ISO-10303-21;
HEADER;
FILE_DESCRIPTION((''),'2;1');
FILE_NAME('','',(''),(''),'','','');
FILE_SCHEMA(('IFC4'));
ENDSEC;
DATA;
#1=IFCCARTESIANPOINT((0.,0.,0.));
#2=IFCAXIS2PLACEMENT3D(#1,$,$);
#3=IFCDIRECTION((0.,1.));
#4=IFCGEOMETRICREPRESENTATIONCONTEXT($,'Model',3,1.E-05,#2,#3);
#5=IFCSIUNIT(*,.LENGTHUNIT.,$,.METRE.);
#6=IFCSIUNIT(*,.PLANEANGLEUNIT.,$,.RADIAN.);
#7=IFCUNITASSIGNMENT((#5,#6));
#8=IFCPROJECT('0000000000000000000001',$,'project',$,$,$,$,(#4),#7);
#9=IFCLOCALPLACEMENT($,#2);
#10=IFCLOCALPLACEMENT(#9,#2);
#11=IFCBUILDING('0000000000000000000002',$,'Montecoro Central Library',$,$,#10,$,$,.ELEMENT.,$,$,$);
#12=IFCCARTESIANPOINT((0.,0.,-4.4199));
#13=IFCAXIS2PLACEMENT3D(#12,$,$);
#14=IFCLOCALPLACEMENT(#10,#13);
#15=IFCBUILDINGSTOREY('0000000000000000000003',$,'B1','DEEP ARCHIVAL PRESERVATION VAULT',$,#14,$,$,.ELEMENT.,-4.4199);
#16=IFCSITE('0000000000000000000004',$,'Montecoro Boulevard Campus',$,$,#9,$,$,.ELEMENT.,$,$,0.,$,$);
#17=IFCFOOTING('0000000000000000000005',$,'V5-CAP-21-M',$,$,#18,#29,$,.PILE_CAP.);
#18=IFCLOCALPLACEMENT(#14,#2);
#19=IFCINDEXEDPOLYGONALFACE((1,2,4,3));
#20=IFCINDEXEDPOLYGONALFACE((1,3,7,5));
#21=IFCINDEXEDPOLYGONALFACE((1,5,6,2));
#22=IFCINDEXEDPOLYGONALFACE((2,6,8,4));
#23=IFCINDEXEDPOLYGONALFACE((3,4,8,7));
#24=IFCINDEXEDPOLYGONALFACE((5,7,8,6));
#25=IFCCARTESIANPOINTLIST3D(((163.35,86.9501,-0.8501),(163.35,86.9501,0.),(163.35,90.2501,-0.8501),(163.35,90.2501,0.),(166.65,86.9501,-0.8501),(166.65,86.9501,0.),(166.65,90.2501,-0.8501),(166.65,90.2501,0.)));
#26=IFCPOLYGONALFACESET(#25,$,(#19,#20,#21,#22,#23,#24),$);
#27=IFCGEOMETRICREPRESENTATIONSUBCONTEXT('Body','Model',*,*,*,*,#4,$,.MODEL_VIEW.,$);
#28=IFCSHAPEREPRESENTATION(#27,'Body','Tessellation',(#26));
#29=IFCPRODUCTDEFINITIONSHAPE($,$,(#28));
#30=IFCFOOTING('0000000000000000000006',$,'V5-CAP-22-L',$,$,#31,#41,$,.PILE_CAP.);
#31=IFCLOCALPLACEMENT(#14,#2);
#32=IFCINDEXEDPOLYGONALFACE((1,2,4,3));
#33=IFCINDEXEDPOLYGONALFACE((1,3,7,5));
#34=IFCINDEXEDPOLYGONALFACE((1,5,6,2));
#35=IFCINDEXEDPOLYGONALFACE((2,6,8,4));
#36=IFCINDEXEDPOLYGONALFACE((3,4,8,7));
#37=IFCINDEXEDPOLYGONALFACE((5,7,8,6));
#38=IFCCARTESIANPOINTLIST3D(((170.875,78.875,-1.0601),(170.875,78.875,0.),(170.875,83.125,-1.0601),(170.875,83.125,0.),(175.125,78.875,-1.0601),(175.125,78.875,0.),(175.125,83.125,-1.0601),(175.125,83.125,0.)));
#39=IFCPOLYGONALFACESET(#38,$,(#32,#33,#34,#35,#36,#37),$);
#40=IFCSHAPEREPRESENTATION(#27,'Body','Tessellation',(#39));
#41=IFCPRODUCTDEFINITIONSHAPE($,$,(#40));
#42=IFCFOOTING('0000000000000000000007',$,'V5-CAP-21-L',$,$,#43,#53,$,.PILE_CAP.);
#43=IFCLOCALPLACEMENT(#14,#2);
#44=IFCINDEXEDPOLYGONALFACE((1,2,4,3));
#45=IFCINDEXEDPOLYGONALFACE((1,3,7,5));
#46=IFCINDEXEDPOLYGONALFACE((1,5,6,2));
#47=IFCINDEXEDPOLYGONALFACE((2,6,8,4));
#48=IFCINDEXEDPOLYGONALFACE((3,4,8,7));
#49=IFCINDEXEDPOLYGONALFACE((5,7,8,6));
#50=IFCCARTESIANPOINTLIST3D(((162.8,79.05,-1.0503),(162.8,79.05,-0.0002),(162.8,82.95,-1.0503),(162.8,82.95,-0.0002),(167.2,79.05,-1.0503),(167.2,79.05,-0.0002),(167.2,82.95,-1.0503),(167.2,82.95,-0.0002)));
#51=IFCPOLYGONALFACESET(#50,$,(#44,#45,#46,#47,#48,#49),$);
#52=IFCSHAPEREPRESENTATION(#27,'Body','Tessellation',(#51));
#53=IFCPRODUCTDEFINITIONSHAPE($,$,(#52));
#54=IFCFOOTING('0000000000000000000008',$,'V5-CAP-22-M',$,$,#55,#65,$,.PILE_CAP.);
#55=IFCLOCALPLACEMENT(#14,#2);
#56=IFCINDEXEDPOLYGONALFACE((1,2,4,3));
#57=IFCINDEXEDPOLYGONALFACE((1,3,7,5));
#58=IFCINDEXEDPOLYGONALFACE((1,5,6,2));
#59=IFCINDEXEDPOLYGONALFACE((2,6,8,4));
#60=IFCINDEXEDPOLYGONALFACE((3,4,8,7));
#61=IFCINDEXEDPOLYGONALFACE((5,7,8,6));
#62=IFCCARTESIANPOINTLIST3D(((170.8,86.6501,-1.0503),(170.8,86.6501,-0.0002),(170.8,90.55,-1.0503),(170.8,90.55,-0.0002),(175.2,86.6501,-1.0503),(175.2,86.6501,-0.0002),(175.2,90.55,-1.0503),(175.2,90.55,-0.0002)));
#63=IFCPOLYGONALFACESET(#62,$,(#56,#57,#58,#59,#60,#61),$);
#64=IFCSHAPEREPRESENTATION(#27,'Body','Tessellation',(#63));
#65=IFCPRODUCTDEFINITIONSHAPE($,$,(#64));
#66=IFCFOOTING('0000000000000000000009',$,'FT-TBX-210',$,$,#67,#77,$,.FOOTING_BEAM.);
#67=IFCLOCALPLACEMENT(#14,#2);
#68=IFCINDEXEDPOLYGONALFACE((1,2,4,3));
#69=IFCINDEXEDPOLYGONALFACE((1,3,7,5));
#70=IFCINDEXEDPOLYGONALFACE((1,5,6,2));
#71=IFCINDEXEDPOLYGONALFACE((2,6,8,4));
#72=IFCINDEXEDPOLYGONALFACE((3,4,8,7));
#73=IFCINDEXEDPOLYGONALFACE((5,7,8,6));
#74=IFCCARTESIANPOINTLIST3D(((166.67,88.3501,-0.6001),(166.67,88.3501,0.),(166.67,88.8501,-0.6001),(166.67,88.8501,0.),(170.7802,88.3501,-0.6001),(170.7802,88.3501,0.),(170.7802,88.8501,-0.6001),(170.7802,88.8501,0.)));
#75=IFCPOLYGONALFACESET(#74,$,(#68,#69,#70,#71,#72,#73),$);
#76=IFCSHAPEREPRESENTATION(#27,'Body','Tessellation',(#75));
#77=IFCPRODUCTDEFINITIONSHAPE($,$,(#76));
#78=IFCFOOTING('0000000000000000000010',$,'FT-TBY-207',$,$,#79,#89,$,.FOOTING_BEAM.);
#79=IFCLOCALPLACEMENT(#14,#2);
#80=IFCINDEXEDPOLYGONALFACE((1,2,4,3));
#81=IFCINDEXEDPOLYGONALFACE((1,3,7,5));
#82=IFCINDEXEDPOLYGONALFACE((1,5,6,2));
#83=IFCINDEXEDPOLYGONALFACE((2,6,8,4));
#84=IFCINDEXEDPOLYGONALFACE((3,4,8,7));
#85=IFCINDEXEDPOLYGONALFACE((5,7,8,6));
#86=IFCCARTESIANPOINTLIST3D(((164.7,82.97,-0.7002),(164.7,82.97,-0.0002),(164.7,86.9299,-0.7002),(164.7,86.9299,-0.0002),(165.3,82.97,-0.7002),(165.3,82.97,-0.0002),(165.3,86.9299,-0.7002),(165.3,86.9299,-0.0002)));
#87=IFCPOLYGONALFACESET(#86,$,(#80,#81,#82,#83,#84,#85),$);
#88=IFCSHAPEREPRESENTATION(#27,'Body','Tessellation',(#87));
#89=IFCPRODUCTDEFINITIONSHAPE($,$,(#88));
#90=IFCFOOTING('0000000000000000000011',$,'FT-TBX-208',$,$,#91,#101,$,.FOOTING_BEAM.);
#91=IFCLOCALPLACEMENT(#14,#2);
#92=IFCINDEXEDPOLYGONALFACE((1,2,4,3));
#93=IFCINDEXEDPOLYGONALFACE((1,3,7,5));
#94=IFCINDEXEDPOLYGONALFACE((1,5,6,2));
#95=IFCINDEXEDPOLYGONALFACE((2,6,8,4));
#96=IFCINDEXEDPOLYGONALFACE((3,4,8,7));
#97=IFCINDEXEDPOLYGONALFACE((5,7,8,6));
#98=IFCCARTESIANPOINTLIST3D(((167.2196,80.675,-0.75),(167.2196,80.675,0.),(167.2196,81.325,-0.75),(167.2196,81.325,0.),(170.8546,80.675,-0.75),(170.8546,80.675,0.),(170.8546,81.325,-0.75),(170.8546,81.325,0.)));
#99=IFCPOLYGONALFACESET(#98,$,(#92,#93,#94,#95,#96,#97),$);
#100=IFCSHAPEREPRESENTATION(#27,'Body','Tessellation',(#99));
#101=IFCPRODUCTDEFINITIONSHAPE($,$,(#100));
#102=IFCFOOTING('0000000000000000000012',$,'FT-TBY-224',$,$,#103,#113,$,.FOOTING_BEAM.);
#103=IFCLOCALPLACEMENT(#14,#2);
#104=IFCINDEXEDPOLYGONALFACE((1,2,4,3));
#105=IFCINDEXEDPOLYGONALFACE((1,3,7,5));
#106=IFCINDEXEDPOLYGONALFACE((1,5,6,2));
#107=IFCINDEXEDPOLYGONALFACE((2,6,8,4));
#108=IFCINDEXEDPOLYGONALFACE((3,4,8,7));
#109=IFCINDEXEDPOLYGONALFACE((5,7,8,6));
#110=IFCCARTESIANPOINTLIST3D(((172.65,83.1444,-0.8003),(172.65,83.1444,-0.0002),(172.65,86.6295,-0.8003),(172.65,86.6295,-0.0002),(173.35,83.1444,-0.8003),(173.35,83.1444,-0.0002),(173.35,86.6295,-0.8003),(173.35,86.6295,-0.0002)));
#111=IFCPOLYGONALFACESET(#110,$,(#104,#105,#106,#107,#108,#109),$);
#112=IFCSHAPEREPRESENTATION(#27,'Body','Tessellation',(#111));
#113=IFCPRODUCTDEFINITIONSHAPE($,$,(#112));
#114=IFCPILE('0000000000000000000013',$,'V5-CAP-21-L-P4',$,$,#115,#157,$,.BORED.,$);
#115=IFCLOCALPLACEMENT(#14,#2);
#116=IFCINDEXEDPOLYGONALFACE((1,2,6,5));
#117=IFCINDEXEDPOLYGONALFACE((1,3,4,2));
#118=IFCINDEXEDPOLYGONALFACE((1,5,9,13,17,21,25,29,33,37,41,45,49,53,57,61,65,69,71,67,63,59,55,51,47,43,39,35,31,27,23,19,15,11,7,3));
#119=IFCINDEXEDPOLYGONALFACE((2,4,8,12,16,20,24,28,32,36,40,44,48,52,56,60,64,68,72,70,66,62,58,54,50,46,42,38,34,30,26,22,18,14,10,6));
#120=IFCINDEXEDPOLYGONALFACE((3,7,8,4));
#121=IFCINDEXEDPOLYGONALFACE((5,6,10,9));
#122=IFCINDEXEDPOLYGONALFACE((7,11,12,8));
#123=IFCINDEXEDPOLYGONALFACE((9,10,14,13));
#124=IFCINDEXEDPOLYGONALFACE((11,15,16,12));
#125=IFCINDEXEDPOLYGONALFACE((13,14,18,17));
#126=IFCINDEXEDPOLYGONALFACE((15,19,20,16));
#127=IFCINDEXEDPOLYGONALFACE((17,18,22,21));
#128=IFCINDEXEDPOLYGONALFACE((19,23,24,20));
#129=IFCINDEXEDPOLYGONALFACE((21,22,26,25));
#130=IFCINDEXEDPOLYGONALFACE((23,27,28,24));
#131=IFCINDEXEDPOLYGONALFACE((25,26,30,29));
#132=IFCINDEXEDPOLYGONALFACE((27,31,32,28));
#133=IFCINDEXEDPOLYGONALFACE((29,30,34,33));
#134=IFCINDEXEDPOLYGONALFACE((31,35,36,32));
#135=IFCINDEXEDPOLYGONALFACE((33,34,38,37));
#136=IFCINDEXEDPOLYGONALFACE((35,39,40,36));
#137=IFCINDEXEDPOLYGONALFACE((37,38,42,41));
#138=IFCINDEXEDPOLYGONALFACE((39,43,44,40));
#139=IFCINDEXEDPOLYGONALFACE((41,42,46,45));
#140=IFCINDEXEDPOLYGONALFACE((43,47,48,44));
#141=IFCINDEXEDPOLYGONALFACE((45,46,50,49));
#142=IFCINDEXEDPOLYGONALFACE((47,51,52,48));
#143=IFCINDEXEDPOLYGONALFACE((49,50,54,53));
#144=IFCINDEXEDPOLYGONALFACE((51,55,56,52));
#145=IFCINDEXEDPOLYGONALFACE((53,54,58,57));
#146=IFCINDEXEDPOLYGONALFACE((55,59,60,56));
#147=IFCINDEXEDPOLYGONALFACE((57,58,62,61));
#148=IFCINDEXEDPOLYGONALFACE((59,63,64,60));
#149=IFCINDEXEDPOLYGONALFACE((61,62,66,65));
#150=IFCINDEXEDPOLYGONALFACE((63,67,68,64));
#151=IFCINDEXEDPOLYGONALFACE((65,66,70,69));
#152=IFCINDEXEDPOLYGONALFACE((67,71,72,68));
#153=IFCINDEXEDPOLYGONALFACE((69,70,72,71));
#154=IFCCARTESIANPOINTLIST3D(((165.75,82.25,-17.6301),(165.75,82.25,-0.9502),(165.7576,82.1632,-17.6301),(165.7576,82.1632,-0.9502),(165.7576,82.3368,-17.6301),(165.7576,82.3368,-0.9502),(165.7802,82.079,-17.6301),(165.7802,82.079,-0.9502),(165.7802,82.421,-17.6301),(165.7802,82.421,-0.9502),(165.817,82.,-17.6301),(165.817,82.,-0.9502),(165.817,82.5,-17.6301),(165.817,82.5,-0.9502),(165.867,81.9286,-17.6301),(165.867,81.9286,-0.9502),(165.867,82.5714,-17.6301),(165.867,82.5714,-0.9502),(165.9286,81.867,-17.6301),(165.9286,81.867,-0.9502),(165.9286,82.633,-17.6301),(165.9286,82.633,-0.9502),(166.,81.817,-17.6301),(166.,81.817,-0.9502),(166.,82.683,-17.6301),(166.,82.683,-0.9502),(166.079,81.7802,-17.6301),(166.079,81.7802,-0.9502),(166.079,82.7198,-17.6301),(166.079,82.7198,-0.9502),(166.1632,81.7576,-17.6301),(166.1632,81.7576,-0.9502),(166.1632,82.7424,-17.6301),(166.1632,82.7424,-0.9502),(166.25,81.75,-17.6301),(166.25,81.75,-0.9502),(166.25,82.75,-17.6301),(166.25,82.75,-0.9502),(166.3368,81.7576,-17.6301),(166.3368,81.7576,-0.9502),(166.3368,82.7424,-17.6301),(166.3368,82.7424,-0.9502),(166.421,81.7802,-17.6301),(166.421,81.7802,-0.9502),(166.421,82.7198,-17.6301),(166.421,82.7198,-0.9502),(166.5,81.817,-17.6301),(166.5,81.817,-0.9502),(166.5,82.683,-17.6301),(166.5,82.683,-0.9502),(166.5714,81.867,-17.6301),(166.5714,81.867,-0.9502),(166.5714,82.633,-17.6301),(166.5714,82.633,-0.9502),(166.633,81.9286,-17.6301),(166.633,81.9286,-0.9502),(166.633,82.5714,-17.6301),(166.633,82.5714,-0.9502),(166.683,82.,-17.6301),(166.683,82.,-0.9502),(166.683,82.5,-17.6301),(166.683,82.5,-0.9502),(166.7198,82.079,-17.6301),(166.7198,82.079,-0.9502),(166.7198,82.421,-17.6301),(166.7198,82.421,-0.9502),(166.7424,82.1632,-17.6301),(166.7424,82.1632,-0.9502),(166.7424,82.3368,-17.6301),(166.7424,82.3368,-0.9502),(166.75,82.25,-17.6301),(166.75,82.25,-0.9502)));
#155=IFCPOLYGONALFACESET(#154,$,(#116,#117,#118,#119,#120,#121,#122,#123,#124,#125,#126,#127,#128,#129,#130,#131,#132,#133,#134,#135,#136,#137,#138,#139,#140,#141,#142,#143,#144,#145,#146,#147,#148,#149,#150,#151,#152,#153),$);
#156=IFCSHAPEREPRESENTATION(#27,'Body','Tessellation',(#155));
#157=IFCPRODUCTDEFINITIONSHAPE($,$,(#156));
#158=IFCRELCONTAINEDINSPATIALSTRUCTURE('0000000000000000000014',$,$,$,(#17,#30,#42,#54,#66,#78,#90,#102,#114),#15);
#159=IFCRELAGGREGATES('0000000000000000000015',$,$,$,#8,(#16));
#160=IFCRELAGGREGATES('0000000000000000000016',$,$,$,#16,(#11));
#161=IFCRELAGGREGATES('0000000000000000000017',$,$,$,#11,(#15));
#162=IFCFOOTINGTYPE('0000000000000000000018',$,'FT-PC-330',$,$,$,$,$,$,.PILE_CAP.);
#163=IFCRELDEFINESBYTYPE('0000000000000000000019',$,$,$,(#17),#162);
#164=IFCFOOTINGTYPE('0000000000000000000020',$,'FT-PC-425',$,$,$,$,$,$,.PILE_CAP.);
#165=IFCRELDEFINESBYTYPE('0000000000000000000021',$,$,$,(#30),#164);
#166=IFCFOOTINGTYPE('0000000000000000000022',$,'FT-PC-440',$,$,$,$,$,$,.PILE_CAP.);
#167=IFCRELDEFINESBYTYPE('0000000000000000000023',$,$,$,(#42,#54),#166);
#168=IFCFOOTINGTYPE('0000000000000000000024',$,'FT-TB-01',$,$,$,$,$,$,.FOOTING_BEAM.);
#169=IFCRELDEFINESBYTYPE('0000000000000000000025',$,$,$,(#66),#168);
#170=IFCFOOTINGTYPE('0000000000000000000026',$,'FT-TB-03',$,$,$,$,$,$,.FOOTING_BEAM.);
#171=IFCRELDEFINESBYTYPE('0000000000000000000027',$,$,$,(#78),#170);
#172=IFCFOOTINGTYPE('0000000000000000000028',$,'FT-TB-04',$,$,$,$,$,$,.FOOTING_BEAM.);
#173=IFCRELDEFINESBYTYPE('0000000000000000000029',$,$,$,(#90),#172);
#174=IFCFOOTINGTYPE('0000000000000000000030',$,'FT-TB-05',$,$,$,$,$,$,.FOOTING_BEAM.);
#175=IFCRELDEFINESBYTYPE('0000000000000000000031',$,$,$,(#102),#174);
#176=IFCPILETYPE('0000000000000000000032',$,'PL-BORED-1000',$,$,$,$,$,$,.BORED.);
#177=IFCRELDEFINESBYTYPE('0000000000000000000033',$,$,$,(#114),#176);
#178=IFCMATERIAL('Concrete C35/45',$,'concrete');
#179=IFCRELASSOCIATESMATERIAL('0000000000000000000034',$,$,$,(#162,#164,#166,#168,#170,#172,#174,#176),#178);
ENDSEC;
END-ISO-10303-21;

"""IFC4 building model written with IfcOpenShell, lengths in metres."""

from ifc_helpers import new_model, si_unit, direction, frame, origin, origin_2d, place, context, subcontext, project, spatial, rectangle, circle, extrude, material, material_profile, profile_set, type_object, element, save


model = new_model("IFC4")

# Units and contexts
model_context = context("Model", 3, precision=1e-05, world=origin(), true_north=direction((0.0, 1.0)))
body_context = subcontext(model_context, "Body", "Model", "MODEL_VIEW")
ifc_project = project(units=[si_unit("LENGTHUNIT", "METRE"), si_unit("PLANEANGLEUNIT", "RADIAN")], contexts=[model_context])

# Site, building, storey
site_placement = place(None, origin())
site = spatial("IfcSite", under=ifc_project, at=site_placement, Name="Montecoro Boulevard Campus", CompositionType="ELEMENT", RefElevation=0.0)
building_placement = place(site_placement, origin())
building = spatial("IfcBuilding", under=site, at=building_placement, Name="Montecoro Central Library", CompositionType="ELEMENT")
storey_placement = place(building_placement, frame((0.0, 0.0, -4.4199)))
storey = spatial("IfcBuildingStorey", under=building, at=storey_placement, Name="B1", Description="DEEP ARCHIVAL PRESERVATION VAULT", CompositionType="ELEMENT", Elevation=-4.4199)

# Footings
ifc_material_1 = material(Name="Concrete C35/45", Category="concrete")
footing_type_1 = type_object("IfcFootingType", Name="FT-PC-330", PredefinedType="PILE_CAP", material=ifc_material_1)
footing_1_placement = place(storey_placement, frame((165.0, 88.6001, -0.8501), z_axis=(0.0, 0.0, 1.0), x_axis=(1.0, 0.0, 0.0)))
element("IfcFooting", 1, at=footing_1_placement, inside=storey, type_object=footing_type_1, Name="V5-CAP-21-M", PredefinedType="PILE_CAP", context=body_context, shape_type="SweptSolid", body=[
    extrude(rectangle(XDim=3.3, YDim=3.3, at=origin_2d()), origin(), (0.0, 0.0, 1.0), 0.8501),
])
footing_type_2 = type_object("IfcFootingType", Name="FT-PC-425", PredefinedType="PILE_CAP", material=ifc_material_1)
footing_2_placement = place(storey_placement, frame((173.0, 81.0, -1.0601), z_axis=(0.0, 0.0, 1.0), x_axis=(1.0, 0.0, 0.0)))
element("IfcFooting", 2, at=footing_2_placement, inside=storey, type_object=footing_type_2, Name="V5-CAP-22-L", PredefinedType="PILE_CAP", context=body_context, shape_type="SweptSolid", body=[
    extrude(rectangle(XDim=4.25, YDim=4.25, at=origin_2d()), origin(), (0.0, 0.0, 1.0), 1.0601),
])
footing_type_3 = type_object("IfcFootingType", Name="FT-PC-440", PredefinedType="PILE_CAP", material=ifc_material_1)
for number, where, z_axis, x_axis, name in (
    (3, (165.0, 81.0, -1.0503), (0.0, 0.0, 1.0), (1.0, 0.0, 0.0), "V5-CAP-21-L"),
    (4, (173.0, 88.6001, -1.0503), (0.0, 0.0, 1.0), (1.0, 0.0, 0.0), "V5-CAP-22-M"),
):
    element("IfcFooting", number, at=place(storey_placement, frame(where, z_axis=z_axis, x_axis=x_axis)), inside=storey, type_object=footing_type_3, Name=name, PredefinedType="PILE_CAP", context=body_context, shape_type="SweptSolid", body=[
        extrude(rectangle(XDim=4.3999, YDim=3.8999, at=origin_2d()), origin(), (0.0, 0.0, 1.0), 1.05),
    ])
footing_type_4 = type_object("IfcFootingType", Name="FT-TB-01", PredefinedType="FOOTING_BEAM", material=ifc_material_1)
footing_3_placement = place(storey_placement, frame((168.7251, 88.6001, -0.6001), z_axis=(0.0, 0.0, 1.0), x_axis=(1.0, 0.0, 0.0)))
element("IfcFooting", 5, at=footing_3_placement, inside=storey, type_object=footing_type_4, Name="FT-TBX-210", PredefinedType="FOOTING_BEAM", context=body_context, shape_type="SweptSolid", body=[
    extrude(rectangle(XDim=4.1101, YDim=0.5, at=origin_2d()), origin(), (0.0, 0.0, 1.0), 0.6001),
])
footing_type_5 = type_object("IfcFootingType", Name="FT-TB-03", PredefinedType="FOOTING_BEAM", material=ifc_material_1)
footing_4_placement = place(storey_placement, frame((165.0, 84.95, -0.7002), z_axis=(0.0, 0.0, 1.0), x_axis=(1.0, 0.0, 0.0)))
element("IfcFooting", 6, at=footing_4_placement, inside=storey, type_object=footing_type_5, Name="FT-TBY-207", PredefinedType="FOOTING_BEAM", context=body_context, shape_type="SweptSolid", body=[
    extrude(rectangle(XDim=0.6001, YDim=3.96, at=origin_2d()), origin(), (0.0, 0.0, 1.0), 0.7),
])
footing_type_6 = type_object("IfcFootingType", Name="FT-TB-04", PredefinedType="FOOTING_BEAM", material=ifc_material_1)
footing_5_placement = place(storey_placement, frame((169.0371, 81.0, -0.75), z_axis=(0.0, 0.0, 1.0), x_axis=(1.0, 0.0, 0.0)))
element("IfcFooting", 7, at=footing_5_placement, inside=storey, type_object=footing_type_6, Name="FT-TBX-208", PredefinedType="FOOTING_BEAM", context=body_context, shape_type="SweptSolid", body=[
    extrude(rectangle(XDim=3.635, YDim=0.6499, at=origin_2d()), origin(), (0.0, 0.0, 1.0), 0.75),
])
footing_type_7 = type_object("IfcFootingType", Name="FT-TB-05", PredefinedType="FOOTING_BEAM", material=ifc_material_1)
footing_6_placement = place(storey_placement, frame((173.0, 84.887, -0.8003), z_axis=(0.0, 0.0, 1.0), x_axis=(1.0, 0.0, 0.0)))
element("IfcFooting", 8, at=footing_6_placement, inside=storey, type_object=footing_type_7, Name="FT-TBY-224", PredefinedType="FOOTING_BEAM", context=body_context, shape_type="SweptSolid", body=[
    extrude(rectangle(XDim=0.7, YDim=3.4851, at=origin_2d()), origin(), (0.0, 0.0, 1.0), 0.8),
])

# Pile
ifc_material_profile_1 = material_profile(ifc_material_1, circle(Radius=0.5, at=origin_2d()), Name="PILE D1000")
ifc_profile_set_1 = profile_set([ifc_material_profile_1], Name="Concrete C35/45")
pile_type_1 = type_object("IfcPileType", Name="PL-BORED-1000", PredefinedType="BORED", material=ifc_profile_set_1)
pile_placement = place(storey_placement, frame((166.25, 82.25, -0.9502), z_axis=(0.0, 0.0, -1.0), x_axis=(1.0, 0.0, 0.0)))
element("IfcPile", 9, at=pile_placement, inside=storey, type_object=pile_type_1, Name="V5-CAP-21-L-P4", PredefinedType="BORED", context=body_context, shape_type="SweptSolid", body=[
    extrude(circle(Radius=0.5, at=origin_2d()), origin(), (0.0, 0.0, 1.0), 16.6799),
])

save(model, "model.ifc")
